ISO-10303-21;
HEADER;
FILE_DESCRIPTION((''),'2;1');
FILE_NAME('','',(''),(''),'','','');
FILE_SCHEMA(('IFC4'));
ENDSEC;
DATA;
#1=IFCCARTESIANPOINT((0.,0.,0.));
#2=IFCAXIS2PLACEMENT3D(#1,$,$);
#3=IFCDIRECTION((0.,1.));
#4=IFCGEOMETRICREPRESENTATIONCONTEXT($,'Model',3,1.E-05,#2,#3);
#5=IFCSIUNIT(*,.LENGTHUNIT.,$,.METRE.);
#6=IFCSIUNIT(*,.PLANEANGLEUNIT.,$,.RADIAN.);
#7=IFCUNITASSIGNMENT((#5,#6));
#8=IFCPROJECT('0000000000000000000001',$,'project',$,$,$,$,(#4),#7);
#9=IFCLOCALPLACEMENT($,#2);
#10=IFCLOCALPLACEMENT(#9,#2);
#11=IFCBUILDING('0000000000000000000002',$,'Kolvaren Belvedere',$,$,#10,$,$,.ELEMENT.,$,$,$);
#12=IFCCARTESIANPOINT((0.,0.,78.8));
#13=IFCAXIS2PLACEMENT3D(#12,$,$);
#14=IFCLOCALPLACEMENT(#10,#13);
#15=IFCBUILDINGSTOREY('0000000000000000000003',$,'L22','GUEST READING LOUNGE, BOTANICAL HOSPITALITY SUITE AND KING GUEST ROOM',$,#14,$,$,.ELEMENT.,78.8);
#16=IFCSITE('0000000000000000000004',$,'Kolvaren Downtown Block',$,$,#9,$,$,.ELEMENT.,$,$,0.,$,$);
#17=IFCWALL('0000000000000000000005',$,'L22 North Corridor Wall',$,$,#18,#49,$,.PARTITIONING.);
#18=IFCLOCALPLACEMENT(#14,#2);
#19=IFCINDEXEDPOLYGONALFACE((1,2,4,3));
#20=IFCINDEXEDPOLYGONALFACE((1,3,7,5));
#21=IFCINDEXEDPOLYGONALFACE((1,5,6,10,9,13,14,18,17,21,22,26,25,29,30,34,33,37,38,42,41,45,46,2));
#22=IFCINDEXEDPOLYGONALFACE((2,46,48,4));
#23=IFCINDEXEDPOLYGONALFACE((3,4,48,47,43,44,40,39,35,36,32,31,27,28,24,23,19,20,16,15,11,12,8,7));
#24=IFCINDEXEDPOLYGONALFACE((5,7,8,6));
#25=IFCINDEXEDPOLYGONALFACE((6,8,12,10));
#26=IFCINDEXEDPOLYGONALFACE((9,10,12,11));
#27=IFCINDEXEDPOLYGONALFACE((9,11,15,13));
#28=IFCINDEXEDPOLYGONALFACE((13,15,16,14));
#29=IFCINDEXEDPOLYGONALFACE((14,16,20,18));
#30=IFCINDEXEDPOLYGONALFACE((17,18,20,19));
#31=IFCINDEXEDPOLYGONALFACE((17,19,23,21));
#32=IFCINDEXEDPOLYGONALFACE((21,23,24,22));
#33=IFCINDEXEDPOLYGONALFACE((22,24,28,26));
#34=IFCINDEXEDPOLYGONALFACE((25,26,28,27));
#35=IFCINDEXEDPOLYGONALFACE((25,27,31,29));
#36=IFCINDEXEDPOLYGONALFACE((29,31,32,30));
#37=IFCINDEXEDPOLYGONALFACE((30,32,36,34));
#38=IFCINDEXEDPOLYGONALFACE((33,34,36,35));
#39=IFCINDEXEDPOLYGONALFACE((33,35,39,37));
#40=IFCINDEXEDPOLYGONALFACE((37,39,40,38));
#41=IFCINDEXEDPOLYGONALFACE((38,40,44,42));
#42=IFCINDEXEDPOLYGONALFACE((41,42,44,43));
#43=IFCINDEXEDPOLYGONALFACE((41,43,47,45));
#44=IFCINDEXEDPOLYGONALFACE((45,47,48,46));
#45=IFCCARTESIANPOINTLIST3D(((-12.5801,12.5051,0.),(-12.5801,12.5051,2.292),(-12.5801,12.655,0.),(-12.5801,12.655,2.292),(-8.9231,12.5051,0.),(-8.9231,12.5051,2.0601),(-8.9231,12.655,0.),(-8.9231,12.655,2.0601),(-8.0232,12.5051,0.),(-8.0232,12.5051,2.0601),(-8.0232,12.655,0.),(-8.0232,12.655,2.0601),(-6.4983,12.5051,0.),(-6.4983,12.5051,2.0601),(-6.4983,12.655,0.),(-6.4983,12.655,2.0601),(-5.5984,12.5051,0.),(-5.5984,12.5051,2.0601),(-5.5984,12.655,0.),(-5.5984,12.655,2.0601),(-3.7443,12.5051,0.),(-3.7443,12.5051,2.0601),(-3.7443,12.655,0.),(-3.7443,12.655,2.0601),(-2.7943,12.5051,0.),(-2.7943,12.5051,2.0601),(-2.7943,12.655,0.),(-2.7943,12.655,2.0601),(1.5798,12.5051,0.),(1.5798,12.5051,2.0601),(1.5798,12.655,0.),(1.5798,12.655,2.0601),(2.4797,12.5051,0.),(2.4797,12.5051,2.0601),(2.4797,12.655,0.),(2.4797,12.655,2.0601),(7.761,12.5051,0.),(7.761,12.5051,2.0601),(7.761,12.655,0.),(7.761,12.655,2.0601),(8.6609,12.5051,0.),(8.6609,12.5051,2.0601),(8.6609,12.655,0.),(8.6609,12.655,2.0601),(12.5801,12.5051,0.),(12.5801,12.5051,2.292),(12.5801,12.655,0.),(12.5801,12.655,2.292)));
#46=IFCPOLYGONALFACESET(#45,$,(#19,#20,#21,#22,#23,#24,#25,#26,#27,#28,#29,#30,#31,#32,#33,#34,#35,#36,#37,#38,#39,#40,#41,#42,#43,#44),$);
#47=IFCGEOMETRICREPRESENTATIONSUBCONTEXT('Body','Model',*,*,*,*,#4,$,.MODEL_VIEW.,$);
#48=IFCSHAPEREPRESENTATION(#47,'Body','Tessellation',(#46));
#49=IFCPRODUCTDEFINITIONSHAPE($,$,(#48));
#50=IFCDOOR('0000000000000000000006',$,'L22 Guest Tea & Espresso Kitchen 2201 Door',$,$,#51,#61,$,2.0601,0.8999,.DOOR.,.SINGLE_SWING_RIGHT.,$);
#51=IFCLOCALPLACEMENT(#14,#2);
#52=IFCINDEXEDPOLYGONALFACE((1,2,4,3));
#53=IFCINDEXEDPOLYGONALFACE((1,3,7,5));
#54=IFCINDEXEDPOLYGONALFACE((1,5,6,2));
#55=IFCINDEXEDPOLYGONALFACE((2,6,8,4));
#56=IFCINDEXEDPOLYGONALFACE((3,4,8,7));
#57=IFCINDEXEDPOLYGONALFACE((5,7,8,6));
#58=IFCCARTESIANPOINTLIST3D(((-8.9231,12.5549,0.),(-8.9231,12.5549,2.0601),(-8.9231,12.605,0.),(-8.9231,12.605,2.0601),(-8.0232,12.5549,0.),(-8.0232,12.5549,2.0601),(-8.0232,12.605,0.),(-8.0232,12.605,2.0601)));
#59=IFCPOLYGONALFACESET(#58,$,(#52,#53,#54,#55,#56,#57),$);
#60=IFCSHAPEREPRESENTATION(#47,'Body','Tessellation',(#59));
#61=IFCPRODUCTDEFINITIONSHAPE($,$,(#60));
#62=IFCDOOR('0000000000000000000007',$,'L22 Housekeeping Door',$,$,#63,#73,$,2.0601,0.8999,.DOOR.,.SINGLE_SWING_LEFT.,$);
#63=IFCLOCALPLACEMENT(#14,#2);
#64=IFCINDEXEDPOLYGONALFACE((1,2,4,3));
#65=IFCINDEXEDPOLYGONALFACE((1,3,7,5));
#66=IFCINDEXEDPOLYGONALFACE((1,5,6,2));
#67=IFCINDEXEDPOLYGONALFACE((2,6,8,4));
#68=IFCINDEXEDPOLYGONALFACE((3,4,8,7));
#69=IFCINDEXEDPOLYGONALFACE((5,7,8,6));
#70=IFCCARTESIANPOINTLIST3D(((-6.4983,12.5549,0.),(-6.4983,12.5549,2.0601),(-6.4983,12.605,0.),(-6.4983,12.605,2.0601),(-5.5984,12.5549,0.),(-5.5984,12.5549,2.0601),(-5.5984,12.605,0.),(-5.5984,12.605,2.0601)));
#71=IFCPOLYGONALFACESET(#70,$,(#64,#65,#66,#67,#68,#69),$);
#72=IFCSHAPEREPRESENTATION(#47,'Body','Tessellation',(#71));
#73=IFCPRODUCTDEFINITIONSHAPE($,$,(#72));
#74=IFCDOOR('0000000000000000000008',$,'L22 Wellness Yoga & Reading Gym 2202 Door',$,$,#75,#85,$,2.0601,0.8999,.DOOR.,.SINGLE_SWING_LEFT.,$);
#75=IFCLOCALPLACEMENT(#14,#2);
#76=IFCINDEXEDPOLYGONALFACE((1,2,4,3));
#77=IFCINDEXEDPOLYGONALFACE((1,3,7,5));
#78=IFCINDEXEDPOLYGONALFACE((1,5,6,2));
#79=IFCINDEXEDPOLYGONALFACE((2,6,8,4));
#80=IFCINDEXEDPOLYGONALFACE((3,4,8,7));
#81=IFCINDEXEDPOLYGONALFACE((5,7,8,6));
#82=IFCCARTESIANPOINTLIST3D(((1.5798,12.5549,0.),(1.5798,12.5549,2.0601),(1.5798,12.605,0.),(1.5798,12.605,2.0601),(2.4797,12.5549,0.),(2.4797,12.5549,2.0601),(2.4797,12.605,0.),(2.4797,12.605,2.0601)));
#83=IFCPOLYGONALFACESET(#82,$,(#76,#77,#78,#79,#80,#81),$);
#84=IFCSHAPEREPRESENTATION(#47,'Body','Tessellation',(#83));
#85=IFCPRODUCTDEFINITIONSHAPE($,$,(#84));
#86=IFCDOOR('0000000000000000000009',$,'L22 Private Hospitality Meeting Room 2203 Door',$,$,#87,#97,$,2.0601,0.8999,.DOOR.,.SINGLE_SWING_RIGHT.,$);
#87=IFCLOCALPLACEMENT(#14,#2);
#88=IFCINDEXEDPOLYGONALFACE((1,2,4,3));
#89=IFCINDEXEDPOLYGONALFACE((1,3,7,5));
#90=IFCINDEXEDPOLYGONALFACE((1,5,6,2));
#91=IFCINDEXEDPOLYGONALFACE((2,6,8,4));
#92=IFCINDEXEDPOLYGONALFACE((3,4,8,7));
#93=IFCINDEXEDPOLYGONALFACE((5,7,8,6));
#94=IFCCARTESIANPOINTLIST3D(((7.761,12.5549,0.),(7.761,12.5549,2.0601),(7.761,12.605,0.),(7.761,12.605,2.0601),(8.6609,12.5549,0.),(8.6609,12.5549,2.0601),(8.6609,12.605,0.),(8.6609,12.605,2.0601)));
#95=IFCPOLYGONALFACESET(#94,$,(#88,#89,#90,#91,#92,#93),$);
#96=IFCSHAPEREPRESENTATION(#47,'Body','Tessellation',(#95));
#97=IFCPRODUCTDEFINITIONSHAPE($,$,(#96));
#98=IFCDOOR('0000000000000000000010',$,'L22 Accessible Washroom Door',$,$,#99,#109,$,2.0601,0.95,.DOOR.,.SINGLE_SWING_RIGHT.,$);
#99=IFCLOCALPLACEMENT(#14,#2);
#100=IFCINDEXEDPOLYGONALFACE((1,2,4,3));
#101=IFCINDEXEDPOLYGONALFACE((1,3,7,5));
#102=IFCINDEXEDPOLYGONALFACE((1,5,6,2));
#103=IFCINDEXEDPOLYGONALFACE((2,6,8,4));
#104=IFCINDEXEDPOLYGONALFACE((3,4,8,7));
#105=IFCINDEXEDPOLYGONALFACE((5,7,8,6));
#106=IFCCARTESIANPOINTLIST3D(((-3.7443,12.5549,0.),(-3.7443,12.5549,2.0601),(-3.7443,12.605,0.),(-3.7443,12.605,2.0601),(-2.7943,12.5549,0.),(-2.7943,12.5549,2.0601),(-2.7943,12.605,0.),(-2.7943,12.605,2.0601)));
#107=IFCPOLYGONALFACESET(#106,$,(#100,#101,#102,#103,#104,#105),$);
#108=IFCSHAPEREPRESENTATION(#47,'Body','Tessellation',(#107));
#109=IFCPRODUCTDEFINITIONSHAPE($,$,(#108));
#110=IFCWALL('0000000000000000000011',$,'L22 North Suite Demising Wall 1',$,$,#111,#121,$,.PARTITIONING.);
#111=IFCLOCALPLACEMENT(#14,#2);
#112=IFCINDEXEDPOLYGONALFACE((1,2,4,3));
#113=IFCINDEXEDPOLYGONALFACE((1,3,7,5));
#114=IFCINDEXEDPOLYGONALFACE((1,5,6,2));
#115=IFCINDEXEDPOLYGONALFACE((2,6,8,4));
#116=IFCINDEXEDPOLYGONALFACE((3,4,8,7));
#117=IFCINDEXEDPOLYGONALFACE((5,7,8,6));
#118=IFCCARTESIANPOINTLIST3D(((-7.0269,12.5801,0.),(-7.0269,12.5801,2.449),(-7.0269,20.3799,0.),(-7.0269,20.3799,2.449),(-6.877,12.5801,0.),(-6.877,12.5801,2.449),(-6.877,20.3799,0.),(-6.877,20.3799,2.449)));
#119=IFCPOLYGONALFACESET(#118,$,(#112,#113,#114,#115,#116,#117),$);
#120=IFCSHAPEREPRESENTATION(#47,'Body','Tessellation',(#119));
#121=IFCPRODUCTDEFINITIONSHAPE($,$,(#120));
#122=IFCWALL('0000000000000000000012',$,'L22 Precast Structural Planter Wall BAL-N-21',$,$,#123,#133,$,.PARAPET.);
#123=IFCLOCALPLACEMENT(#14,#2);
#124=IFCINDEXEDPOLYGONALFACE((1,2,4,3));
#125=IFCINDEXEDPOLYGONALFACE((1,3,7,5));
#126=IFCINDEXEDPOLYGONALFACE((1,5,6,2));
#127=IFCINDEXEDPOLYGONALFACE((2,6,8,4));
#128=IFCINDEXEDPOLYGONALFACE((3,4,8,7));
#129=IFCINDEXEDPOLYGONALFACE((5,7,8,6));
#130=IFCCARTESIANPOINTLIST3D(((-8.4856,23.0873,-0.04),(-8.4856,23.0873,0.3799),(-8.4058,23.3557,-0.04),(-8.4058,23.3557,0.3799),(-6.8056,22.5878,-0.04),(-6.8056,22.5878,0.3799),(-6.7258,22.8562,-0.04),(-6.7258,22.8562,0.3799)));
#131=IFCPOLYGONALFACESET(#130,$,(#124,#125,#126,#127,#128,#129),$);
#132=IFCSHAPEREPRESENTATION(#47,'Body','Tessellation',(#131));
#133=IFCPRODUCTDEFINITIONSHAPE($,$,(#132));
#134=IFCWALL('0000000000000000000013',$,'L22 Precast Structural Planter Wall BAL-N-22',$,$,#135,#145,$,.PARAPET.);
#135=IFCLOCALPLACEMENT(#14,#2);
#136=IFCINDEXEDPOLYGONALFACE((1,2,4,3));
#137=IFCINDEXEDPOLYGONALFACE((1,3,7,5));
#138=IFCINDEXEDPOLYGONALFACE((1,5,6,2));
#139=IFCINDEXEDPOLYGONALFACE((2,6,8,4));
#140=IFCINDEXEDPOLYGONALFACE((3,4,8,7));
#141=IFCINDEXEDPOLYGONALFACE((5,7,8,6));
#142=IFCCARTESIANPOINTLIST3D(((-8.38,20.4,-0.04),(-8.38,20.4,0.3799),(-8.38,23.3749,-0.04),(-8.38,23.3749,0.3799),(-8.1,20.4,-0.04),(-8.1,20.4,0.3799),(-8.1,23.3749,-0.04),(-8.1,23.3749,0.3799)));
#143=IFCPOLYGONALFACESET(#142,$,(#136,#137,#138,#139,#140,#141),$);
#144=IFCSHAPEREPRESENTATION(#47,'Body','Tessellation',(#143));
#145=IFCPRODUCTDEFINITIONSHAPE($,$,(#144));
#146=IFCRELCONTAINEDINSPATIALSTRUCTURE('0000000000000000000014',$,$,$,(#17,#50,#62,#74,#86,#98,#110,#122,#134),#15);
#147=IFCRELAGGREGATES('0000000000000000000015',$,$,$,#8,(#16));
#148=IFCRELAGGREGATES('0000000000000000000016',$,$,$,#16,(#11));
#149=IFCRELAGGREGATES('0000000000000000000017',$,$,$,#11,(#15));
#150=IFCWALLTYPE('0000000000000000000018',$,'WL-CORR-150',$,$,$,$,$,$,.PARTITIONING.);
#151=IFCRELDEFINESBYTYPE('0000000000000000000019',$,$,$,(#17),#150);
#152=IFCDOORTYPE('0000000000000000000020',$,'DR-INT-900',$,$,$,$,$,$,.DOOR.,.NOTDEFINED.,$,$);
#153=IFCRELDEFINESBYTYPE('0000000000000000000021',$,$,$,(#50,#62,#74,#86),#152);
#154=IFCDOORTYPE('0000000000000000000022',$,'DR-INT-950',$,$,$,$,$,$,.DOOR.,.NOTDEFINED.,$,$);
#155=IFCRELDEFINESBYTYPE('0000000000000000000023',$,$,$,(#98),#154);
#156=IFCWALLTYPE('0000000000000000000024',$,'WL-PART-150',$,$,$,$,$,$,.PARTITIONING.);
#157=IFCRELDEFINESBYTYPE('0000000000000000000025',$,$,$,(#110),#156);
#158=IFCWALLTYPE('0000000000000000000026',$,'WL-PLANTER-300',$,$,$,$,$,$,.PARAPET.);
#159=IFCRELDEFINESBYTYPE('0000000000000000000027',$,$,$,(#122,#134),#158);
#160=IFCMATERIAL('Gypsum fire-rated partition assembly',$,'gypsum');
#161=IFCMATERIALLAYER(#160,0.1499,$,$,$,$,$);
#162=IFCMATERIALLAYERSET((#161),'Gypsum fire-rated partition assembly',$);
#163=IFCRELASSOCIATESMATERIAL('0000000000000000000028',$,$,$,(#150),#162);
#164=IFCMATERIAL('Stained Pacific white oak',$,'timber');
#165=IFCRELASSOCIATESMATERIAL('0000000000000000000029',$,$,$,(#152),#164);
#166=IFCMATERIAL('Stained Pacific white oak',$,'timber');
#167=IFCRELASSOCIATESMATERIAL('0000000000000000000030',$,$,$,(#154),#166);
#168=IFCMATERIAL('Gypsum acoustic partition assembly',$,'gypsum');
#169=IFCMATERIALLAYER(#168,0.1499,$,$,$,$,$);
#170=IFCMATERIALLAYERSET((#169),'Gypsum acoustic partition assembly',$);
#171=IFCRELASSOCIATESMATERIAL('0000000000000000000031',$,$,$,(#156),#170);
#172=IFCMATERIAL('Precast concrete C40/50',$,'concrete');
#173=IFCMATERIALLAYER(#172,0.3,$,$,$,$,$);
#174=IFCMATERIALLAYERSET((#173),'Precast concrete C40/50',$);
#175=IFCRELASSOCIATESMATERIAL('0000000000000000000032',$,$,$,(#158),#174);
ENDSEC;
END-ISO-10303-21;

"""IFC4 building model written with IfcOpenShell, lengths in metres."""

from ifc_helpers import new_model, si_unit, direction, frame, frame_2d, origin, place, context, subcontext, project, spatial, rectangle, extrude, material, layer, layer_set, type_object, element, fill, save


model = new_model("IFC4")

# Units and contexts
model_context = context("Model", 3, precision=1e-05, world=origin(), true_north=direction((0.0, 1.0)))
body_context = subcontext(model_context, "Body", "Model", "MODEL_VIEW")
ifc_project = project(units=[si_unit("LENGTHUNIT", "METRE"), si_unit("PLANEANGLEUNIT", "RADIAN")], contexts=[model_context])

# Site, building, storey
site_placement = place(None, origin())
site = spatial("IfcSite", under=ifc_project, at=site_placement, Name="Kolvaren Downtown Block", CompositionType="ELEMENT", RefElevation=0.0)
building_placement = place(site_placement, origin())
building = spatial("IfcBuilding", under=site, at=building_placement, Name="Kolvaren Belvedere", CompositionType="ELEMENT")
storey_placement = place(building_placement, frame((0.0, 0.0, 78.8)))
storey = spatial("IfcBuildingStorey", under=building, at=storey_placement, Name="L22", Description="GUEST READING LOUNGE, BOTANICAL HOSPITALITY SUITE AND KING GUEST ROOM", CompositionType="ELEMENT", Elevation=78.8)

# Wall, openings, doors
ifc_material_1 = material(Name="Gypsum fire-rated partition assembly", Category="gypsum")
ifc_layer_1 = layer(ifc_material_1, 0.1499)
ifc_layer_set_1 = layer_set([ifc_layer_1], Name="Gypsum fire-rated partition assembly")
wall_type_1 = type_object("IfcWallType", Name="WL-CORR-150", PredefinedType="PARTITIONING", material=ifc_layer_set_1)
wall_1_placement = place(storey_placement, frame((-12.5801, 12.5801, 0.0), z_axis=(0.0, 0.0, 1.0), x_axis=(1.0, 0.0, 0.0)))
wall_1 = element("IfcWall", 1, at=wall_1_placement, inside=storey, type_object=wall_type_1, Name="L22 North Corridor Wall", PredefinedType="PARTITIONING", context=body_context, shape_type="SweptSolid", body=[
    extrude(rectangle(XDim=25.1602, YDim=0.1499, at=frame_2d((12.5801, 0.0))), origin(), (0.0, 0.0, 1.0), 2.292),
])
opening_1_placement = place(wall_1_placement, frame((3.657, 0.0, 0.0)))
opening_1 = element("IfcOpeningElement", 2, at=opening_1_placement, cuts=wall_1, PredefinedType="OPENING", context=body_context, shape_type="SweptSolid", body=[
    extrude(rectangle(XDim=0.8999, YDim=2.0601, at=frame_2d((0.45, 1.03))), frame((0.0, 0.085, 0.0), z_axis=(0.0, -1.0, 0.0), x_axis=(1.0, 0.0, 0.0)), (0.0, 0.0, 1.0), 0.1699),
])
opening_2_placement = place(wall_1_placement, frame((6.0818, 0.0, 0.0)))
opening_2 = element("IfcOpeningElement", 3, at=opening_2_placement, cuts=wall_1, PredefinedType="OPENING", context=body_context, shape_type="SweptSolid", body=[
    extrude(rectangle(XDim=0.8999, YDim=2.0601, at=frame_2d((0.45, 1.03))), frame((0.0, 0.085, 0.0), z_axis=(0.0, -1.0, 0.0), x_axis=(1.0, 0.0, 0.0)), (0.0, 0.0, 1.0), 0.1699),
])
opening_3_placement = place(wall_1_placement, frame((8.8357, 0.0, 0.0)))
opening_3 = element("IfcOpeningElement", 4, at=opening_3_placement, cuts=wall_1, PredefinedType="OPENING", context=body_context, shape_type="SweptSolid", body=[
    extrude(rectangle(XDim=0.95, YDim=2.0601, at=frame_2d((0.4751, 1.03))), frame((0.0, 0.085, 0.0), z_axis=(0.0, -1.0, 0.0), x_axis=(1.0, 0.0, 0.0)), (0.0, 0.0, 1.0), 0.1699),
])
opening_4_placement = place(wall_1_placement, frame((14.1599, 0.0, 0.0)))
opening_4 = element("IfcOpeningElement", 5, at=opening_4_placement, cuts=wall_1, PredefinedType="OPENING", context=body_context, shape_type="SweptSolid", body=[
    extrude(rectangle(XDim=0.8999, YDim=2.0601, at=frame_2d((0.45, 1.03))), frame((0.0, 0.085, 0.0), z_axis=(0.0, -1.0, 0.0), x_axis=(1.0, 0.0, 0.0)), (0.0, 0.0, 1.0), 0.1699),
])
opening_5_placement = place(wall_1_placement, frame((20.3411, 0.0, 0.0)))
opening_5 = element("IfcOpeningElement", 6, at=opening_5_placement, cuts=wall_1, PredefinedType="OPENING", context=body_context, shape_type="SweptSolid", body=[
    extrude(rectangle(XDim=0.8999, YDim=2.0601, at=frame_2d((0.45, 1.03))), frame((0.0, 0.085, 0.0), z_axis=(0.0, -1.0, 0.0), x_axis=(1.0, 0.0, 0.0)), (0.0, 0.0, 1.0), 0.1699),
])
ifc_material_2 = material(Name="Stained Pacific white oak", Category="timber")
door_type_1 = type_object("IfcDoorType", Name="DR-INT-900", OperationType="NOTDEFINED", PredefinedType="DOOR", material=ifc_material_2)
door_1_placement = place(opening_1_placement, origin())
door_1 = element("IfcDoor", 7, at=door_1_placement, inside=storey, type_object=door_type_1, Name="L22 Guest Tea & Espresso Kitchen 2201 Door", OperationType="SINGLE_SWING_RIGHT", OverallHeight=2.0601, OverallWidth=0.8999, PredefinedType="DOOR", context=body_context, shape_type="SweptSolid", body=[
    extrude(rectangle(XDim=0.8999, YDim=2.0601, at=frame_2d((0.45, 1.03))), frame((0.0, 0.0249, 0.0), z_axis=(0.0, -1.0, 0.0), x_axis=(1.0, 0.0, 0.0)), (0.0, 0.0, 1.0), 0.05),
])
fill(opening_1, door_1)
door_2_placement = place(opening_2_placement, origin())
door_2 = element("IfcDoor", 8, at=door_2_placement, inside=storey, type_object=door_type_1, Name="L22 Housekeeping Door", OperationType="SINGLE_SWING_LEFT", OverallHeight=2.0601, OverallWidth=0.8999, PredefinedType="DOOR", context=body_context, shape_type="SweptSolid", body=[
    extrude(rectangle(XDim=0.8999, YDim=2.0601, at=frame_2d((0.45, 1.03))), frame((0.0, 0.0249, 0.0), z_axis=(0.0, -1.0, 0.0), x_axis=(1.0, 0.0, 0.0)), (0.0, 0.0, 1.0), 0.05),
])
fill(opening_2, door_2)
door_3_placement = place(opening_4_placement, origin())
door_3 = element("IfcDoor", 9, at=door_3_placement, inside=storey, type_object=door_type_1, Name="L22 Wellness Yoga & Reading Gym 2202 Door", OperationType="SINGLE_SWING_LEFT", OverallHeight=2.0601, OverallWidth=0.8999, PredefinedType="DOOR", context=body_context, shape_type="SweptSolid", body=[
    extrude(rectangle(XDim=0.8999, YDim=2.0601, at=frame_2d((0.45, 1.03))), frame((0.0, 0.0249, 0.0), z_axis=(0.0, -1.0, 0.0), x_axis=(1.0, 0.0, 0.0)), (0.0, 0.0, 1.0), 0.05),
])
fill(opening_4, door_3)
door_4_placement = place(opening_5_placement, origin())
door_4 = element("IfcDoor", 10, at=door_4_placement, inside=storey, type_object=door_type_1, Name="L22 Private Hospitality Meeting Room 2203 Door", OperationType="SINGLE_SWING_RIGHT", OverallHeight=2.0601, OverallWidth=0.8999, PredefinedType="DOOR", context=body_context, shape_type="SweptSolid", body=[
    extrude(rectangle(XDim=0.8999, YDim=2.0601, at=frame_2d((0.45, 1.03))), frame((0.0, 0.0249, 0.0), z_axis=(0.0, -1.0, 0.0), x_axis=(1.0, 0.0, 0.0)), (0.0, 0.0, 1.0), 0.05),
])
fill(opening_5, door_4)
ifc_material_3 = material(Name="Stained Pacific white oak", Category="timber")
door_type_2 = type_object("IfcDoorType", Name="DR-INT-950", OperationType="NOTDEFINED", PredefinedType="DOOR", material=ifc_material_3)
door_5_placement = place(opening_3_placement, origin())
door_5 = element("IfcDoor", 11, at=door_5_placement, inside=storey, type_object=door_type_2, Name="L22 Accessible Washroom Door", OperationType="SINGLE_SWING_RIGHT", OverallHeight=2.0601, OverallWidth=0.95, PredefinedType="DOOR", context=body_context, shape_type="SweptSolid", body=[
    extrude(rectangle(XDim=0.95, YDim=2.0601, at=frame_2d((0.4751, 1.03))), frame((0.0, 0.0249, 0.0), z_axis=(0.0, -1.0, 0.0), x_axis=(1.0, 0.0, 0.0)), (0.0, 0.0, 1.0), 0.05),
])
fill(opening_3, door_5)

# Walls
ifc_material_4 = material(Name="Gypsum acoustic partition assembly", Category="gypsum")
ifc_layer_2 = layer(ifc_material_4, 0.1499)
ifc_layer_set_2 = layer_set([ifc_layer_2], Name="Gypsum acoustic partition assembly")
wall_type_2 = type_object("IfcWallType", Name="WL-PART-150", PredefinedType="PARTITIONING", material=ifc_layer_set_2)
wall_2_placement = place(storey_placement, frame((-6.9519, 12.5801, 0.0), z_axis=(0.0, 0.0, 1.0), x_axis=(0.0, 1.0, 0.0)))
element("IfcWall", 12, at=wall_2_placement, inside=storey, type_object=wall_type_2, Name="L22 North Suite Demising Wall 1", PredefinedType="PARTITIONING", context=body_context, shape_type="SweptSolid", body=[
    extrude(rectangle(XDim=7.7998, YDim=0.1499, at=frame_2d((3.8999, 0.0))), origin(), (0.0, 0.0, 1.0), 2.449),
])
ifc_material_5 = material(Name="Precast concrete C40/50", Category="concrete")
ifc_layer_3 = layer(ifc_material_5, 0.3)
ifc_layer_set_3 = layer_set([ifc_layer_3], Name="Precast concrete C40/50")
wall_type_3 = type_object("IfcWallType", Name="WL-PLANTER-300", PredefinedType="PARAPET", material=ifc_layer_set_3)
wall_3_placement = place(storey_placement, frame((-6.7656, 22.7219, -0.04), z_axis=(0.0, 0.0, 1.0), x_axis=(-0.958525, 0.285008, 0.0)))
element("IfcWall", 13, at=wall_3_placement, inside=storey, type_object=wall_type_3, Name="L22 Precast Structural Planter Wall BAL-N-21", PredefinedType="PARAPET", context=body_context, shape_type="SweptSolid", body=[
    extrude(rectangle(XDim=1.7527, YDim=0.28, at=frame_2d((0.8765, 0.0))), origin(), (0.0, 0.0, 1.0), 0.4199),
])
wall_4_placement = place(storey_placement, frame((-8.24, 23.3748, -0.04), z_axis=(0.0, 0.0, 1.0), x_axis=(0.0, -1.0, 0.0)))
element("IfcWall", 14, at=wall_4_placement, inside=storey, type_object=wall_type_3, Name="L22 Precast Structural Planter Wall BAL-N-22", PredefinedType="PARAPET", context=body_context, shape_type="SweptSolid", body=[
    extrude(rectangle(XDim=2.9749, YDim=0.28, at=frame_2d((1.4873, 0.0))), origin(), (0.0, 0.0, 1.0), 0.4199),
])

save(model, "model.ifc")
